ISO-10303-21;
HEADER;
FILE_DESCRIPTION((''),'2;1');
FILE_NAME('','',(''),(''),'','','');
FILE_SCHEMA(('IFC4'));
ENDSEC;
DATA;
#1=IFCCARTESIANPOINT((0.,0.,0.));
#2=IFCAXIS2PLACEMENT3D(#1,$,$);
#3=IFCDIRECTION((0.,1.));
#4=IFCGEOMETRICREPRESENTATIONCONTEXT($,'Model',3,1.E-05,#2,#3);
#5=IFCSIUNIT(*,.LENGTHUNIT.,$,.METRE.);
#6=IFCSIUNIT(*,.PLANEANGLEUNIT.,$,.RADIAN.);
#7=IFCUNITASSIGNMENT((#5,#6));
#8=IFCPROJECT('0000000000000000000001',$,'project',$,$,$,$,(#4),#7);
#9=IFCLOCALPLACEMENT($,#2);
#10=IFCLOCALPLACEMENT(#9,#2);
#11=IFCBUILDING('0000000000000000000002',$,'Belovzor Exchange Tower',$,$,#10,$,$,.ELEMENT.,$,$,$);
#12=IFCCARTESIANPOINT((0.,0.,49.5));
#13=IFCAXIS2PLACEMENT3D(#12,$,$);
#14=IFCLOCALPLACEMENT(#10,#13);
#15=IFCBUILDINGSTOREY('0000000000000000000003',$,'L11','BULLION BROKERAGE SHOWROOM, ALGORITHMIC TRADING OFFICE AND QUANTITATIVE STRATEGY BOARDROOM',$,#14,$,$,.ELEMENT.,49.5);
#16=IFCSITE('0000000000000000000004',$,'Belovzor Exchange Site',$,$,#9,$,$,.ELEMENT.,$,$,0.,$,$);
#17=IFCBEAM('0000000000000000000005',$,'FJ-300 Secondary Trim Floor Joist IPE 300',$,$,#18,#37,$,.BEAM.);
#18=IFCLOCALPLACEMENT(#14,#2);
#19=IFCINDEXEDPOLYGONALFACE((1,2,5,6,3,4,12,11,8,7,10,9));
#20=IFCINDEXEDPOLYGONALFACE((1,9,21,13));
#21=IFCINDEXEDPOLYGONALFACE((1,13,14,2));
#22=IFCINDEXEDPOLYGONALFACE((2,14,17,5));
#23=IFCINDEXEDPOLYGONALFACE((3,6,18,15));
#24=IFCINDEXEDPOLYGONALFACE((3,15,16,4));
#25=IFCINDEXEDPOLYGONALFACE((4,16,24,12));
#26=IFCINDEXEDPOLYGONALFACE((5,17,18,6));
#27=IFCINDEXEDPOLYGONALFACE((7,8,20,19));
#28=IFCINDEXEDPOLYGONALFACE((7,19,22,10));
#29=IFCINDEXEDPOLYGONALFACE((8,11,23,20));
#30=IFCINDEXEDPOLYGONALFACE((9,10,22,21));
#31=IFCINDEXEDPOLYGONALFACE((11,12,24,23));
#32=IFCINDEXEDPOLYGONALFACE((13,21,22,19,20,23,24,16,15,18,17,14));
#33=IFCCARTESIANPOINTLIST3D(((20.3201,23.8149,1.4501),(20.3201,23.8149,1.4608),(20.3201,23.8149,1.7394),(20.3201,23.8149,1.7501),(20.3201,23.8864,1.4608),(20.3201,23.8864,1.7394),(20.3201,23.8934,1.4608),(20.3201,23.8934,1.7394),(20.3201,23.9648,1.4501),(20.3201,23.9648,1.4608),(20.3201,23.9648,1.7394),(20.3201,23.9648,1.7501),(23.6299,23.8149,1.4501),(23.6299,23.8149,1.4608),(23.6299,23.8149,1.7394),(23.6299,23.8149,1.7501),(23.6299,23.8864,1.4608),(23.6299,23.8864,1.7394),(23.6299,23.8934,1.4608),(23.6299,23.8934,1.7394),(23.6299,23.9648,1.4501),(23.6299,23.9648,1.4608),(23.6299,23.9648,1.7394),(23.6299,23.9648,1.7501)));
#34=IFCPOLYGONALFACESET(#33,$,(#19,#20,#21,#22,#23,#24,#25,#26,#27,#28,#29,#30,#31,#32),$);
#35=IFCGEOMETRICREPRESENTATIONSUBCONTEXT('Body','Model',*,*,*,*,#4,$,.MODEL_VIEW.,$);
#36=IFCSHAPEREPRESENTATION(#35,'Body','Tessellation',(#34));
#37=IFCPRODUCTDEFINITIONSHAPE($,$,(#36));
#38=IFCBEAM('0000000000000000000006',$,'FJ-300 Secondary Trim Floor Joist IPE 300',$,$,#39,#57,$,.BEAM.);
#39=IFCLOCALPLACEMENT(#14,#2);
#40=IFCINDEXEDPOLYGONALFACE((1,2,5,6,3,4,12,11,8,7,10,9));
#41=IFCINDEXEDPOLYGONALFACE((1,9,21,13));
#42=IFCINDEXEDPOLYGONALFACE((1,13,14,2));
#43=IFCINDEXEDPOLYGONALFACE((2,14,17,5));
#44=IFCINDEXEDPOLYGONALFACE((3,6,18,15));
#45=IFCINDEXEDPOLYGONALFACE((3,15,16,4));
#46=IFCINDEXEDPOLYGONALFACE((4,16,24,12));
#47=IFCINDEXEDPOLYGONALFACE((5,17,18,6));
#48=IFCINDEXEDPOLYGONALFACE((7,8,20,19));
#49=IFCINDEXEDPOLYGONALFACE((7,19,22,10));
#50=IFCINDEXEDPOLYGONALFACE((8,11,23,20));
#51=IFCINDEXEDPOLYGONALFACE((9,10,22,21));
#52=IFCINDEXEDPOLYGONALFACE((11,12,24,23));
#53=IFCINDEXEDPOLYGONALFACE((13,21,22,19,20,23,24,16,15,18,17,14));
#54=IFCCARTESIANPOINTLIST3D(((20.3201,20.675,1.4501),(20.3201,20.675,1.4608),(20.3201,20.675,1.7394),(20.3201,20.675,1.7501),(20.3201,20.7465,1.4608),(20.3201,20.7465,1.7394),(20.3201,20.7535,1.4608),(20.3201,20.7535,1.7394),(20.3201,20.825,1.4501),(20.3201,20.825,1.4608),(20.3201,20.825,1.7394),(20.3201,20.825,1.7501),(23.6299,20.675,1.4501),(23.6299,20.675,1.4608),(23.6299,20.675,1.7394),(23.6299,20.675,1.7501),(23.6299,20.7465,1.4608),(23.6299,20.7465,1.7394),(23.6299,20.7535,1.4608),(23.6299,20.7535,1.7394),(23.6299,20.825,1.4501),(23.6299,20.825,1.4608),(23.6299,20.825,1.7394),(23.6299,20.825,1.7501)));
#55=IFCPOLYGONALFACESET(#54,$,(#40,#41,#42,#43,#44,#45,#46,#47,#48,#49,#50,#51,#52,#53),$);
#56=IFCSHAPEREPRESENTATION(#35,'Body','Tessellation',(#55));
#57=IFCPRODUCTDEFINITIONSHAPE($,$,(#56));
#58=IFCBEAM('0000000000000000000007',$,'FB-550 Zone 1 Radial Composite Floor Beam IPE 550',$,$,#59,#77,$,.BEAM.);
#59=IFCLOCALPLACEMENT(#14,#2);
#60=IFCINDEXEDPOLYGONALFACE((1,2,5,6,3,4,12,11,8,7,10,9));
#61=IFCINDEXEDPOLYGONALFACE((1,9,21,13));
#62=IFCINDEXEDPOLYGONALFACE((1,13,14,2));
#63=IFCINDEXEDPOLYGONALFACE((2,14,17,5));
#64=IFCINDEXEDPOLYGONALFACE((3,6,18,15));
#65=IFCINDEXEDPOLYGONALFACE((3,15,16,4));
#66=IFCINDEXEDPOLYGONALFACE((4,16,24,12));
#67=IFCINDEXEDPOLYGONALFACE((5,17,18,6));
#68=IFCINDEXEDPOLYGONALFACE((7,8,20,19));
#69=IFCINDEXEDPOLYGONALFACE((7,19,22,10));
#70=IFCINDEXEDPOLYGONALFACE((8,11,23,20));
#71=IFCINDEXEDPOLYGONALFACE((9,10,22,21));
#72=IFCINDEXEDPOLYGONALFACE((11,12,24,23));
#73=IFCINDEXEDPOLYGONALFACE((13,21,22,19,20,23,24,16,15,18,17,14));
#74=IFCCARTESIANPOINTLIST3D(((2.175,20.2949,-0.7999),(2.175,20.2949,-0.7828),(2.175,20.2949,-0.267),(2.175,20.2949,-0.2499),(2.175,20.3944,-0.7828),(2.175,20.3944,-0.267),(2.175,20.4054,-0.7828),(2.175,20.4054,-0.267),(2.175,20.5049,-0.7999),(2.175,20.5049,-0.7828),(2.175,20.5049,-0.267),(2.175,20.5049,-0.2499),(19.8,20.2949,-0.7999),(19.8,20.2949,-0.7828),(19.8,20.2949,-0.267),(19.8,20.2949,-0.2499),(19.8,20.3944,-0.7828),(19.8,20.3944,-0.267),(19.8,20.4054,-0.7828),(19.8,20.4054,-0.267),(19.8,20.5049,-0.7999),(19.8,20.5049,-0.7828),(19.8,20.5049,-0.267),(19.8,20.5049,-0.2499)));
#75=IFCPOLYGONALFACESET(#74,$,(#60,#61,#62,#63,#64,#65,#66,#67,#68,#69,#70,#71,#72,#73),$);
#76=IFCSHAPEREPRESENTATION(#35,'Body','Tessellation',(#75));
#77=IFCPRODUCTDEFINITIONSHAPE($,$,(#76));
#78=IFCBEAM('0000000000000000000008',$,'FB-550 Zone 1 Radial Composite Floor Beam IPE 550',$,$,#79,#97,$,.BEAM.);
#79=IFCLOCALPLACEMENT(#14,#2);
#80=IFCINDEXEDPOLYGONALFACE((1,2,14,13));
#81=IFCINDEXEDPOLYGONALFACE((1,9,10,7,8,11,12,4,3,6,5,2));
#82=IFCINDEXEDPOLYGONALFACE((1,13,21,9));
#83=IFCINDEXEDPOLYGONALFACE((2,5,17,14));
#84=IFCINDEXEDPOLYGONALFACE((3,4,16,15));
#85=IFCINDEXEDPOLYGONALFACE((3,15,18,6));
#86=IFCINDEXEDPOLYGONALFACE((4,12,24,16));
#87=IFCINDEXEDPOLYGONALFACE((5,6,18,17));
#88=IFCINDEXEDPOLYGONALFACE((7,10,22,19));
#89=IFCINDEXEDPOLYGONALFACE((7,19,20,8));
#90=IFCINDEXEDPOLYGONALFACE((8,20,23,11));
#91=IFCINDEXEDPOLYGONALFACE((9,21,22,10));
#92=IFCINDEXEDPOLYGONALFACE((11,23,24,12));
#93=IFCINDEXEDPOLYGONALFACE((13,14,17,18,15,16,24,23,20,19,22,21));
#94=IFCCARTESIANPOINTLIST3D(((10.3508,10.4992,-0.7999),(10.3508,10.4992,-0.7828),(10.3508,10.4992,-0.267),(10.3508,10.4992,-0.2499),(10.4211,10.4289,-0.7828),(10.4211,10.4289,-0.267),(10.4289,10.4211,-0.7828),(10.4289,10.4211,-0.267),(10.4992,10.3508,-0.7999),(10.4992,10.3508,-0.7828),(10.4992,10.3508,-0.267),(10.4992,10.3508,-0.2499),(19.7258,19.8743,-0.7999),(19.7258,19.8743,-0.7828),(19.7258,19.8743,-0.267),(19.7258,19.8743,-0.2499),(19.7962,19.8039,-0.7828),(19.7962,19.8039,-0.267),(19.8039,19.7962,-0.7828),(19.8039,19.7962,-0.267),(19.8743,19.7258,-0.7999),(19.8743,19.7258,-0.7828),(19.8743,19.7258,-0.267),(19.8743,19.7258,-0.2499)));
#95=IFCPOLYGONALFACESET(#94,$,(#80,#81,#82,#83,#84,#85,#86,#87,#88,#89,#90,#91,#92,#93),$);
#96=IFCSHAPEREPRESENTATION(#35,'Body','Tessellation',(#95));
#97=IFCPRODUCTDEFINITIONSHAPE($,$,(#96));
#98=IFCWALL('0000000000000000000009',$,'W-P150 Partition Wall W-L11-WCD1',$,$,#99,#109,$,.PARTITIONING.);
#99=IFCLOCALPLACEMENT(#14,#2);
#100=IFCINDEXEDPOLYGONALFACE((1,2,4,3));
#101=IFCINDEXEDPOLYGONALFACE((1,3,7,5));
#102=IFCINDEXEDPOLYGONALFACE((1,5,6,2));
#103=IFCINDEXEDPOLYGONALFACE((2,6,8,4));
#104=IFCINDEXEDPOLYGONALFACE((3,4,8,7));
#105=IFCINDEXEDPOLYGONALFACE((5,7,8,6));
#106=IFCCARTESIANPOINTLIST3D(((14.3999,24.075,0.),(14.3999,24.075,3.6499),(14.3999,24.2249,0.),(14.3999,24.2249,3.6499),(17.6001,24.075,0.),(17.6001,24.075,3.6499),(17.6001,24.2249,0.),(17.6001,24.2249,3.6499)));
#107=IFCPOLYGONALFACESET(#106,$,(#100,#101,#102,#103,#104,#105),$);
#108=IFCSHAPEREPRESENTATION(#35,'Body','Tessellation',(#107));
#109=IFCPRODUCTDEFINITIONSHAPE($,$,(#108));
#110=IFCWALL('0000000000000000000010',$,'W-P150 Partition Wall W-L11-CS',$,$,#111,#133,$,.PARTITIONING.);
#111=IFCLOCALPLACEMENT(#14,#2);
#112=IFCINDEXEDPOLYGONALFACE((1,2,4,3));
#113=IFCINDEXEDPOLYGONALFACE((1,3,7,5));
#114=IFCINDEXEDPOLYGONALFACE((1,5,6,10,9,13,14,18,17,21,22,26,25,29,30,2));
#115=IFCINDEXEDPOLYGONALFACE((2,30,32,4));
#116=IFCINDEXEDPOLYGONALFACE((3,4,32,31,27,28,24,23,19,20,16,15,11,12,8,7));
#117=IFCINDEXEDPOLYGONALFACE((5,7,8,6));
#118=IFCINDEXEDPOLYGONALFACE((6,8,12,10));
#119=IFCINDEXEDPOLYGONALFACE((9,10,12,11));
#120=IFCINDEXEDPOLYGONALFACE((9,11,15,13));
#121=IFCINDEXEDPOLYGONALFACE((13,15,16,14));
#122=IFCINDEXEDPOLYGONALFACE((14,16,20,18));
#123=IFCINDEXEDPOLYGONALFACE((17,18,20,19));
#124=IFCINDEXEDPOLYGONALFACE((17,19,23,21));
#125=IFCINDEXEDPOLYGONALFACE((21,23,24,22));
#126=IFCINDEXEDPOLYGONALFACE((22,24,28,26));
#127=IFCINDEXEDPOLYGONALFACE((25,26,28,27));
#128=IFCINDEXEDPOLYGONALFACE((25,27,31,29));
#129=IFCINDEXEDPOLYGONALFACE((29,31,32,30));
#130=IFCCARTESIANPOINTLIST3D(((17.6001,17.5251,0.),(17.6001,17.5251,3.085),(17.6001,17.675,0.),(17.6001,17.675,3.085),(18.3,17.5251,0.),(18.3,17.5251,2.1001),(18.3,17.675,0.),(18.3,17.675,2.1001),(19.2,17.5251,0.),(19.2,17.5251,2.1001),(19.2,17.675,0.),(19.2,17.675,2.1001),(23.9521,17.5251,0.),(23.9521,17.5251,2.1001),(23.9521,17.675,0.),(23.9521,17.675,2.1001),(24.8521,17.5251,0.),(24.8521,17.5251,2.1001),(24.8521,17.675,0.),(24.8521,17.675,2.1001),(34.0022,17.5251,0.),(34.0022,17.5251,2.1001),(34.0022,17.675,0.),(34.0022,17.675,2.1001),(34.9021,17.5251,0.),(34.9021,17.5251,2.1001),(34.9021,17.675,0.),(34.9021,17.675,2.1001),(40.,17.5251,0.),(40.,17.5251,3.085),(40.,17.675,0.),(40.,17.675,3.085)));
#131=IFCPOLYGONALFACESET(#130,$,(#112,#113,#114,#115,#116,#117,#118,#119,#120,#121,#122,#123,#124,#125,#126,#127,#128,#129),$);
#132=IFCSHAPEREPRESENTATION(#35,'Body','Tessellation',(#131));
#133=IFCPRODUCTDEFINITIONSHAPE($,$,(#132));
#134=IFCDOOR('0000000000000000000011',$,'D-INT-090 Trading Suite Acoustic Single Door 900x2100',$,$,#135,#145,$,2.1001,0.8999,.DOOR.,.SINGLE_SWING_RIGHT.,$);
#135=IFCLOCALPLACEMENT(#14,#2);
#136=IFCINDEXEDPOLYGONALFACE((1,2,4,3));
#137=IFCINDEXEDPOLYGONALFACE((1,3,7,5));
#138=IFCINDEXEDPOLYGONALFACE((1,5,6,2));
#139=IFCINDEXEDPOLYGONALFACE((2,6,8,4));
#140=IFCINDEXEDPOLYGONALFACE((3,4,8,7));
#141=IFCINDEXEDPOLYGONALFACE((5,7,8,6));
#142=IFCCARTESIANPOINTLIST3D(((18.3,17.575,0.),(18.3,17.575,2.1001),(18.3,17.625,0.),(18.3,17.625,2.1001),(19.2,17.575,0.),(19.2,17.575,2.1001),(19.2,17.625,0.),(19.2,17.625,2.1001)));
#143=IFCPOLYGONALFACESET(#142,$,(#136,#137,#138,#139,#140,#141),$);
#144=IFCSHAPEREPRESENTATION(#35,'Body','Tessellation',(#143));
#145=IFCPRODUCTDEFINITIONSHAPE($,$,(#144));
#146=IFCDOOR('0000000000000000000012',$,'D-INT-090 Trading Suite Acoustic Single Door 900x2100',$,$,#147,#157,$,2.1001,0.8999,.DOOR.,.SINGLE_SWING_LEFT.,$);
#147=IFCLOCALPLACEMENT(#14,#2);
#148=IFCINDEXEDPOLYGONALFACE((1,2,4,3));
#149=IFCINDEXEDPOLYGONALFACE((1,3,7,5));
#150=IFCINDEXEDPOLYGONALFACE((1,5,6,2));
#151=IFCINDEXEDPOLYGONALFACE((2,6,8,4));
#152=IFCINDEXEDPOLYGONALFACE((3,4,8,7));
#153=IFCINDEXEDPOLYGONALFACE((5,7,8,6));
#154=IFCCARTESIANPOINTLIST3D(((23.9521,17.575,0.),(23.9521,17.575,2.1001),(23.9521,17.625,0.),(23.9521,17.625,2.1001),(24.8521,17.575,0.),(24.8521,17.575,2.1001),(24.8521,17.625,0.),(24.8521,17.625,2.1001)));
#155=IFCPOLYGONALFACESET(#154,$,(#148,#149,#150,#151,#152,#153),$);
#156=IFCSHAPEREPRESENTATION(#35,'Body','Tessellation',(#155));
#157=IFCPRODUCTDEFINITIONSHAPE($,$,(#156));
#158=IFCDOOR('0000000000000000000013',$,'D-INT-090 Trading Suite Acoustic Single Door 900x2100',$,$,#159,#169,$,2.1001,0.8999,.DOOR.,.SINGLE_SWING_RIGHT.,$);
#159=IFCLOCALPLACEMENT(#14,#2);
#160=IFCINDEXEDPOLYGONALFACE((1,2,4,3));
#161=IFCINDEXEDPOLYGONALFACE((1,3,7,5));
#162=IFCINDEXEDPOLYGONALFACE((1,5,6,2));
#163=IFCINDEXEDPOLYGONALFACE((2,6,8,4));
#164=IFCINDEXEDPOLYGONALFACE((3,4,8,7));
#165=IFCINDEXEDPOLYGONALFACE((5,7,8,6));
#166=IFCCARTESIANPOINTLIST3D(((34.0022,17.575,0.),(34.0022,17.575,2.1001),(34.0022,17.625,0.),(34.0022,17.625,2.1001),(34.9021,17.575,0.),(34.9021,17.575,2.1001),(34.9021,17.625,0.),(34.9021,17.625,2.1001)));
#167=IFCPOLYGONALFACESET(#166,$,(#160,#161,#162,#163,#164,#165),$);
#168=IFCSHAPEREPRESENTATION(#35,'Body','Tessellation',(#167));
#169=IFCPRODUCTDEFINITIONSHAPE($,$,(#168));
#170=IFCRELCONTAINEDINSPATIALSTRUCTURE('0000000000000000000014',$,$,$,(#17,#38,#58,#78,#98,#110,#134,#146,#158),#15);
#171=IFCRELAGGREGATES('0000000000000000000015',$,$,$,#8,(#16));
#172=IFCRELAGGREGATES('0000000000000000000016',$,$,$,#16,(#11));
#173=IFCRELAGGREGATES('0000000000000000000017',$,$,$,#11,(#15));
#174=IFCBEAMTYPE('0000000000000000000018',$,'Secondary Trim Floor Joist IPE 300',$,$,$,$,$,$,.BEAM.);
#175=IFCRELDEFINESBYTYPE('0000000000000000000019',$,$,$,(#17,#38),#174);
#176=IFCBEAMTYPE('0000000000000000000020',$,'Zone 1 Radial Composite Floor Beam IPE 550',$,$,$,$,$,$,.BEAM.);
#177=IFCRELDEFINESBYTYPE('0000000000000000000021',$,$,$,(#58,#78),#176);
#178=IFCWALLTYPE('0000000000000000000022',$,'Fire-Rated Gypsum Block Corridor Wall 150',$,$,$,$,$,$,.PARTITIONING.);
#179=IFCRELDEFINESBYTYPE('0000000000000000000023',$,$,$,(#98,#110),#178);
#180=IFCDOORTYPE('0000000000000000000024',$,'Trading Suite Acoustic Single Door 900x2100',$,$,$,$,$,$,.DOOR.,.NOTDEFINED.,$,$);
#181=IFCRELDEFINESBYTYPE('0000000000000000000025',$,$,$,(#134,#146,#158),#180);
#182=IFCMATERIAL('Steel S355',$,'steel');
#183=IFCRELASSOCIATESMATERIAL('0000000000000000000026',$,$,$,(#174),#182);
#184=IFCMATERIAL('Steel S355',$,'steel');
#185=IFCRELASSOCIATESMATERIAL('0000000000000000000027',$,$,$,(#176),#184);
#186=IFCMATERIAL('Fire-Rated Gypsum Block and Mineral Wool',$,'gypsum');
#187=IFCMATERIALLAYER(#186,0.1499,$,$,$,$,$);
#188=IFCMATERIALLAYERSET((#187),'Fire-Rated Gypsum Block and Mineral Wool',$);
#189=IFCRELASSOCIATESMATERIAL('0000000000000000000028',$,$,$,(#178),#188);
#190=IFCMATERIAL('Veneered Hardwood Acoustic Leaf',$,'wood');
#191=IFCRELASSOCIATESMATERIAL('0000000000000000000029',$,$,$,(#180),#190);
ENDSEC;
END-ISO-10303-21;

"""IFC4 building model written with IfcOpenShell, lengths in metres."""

from ifc_helpers import new_model, si_unit, direction, frame, frame_2d, origin, origin_2d, place, context, subcontext, project, spatial, rectangle, i_section, extrude, material, layer, layer_set, material_profile, profile_set, type_object, element, fill, save


model = new_model("IFC4")

# Units and contexts
model_context = context("Model", 3, precision=1e-05, world=origin(), true_north=direction((0.0, 1.0)))
body_context = subcontext(model_context, "Body", "Model", "MODEL_VIEW")
ifc_project = project(units=[si_unit("LENGTHUNIT", "METRE"), si_unit("PLANEANGLEUNIT", "RADIAN")], contexts=[model_context])

# Site, building, storey
site_placement = place(None, origin())
site = spatial("IfcSite", under=ifc_project, at=site_placement, Name="Belovzor Exchange Site", CompositionType="ELEMENT", RefElevation=0.0)
building_placement = place(site_placement, origin())
building = spatial("IfcBuilding", under=site, at=building_placement, Name="Belovzor Exchange Tower", CompositionType="ELEMENT")
storey_placement = place(building_placement, frame((0.0, 0.0, 49.5)))
storey = spatial("IfcBuildingStorey", under=building, at=storey_placement, Name="L11", Description="BULLION BROKERAGE SHOWROOM, ALGORITHMIC TRADING OFFICE AND QUANTITATIVE STRATEGY BOARDROOM", CompositionType="ELEMENT", Elevation=49.5)

# Beams
ifc_material_1 = material(Name="Steel S355", Category="steel")
ifc_material_profile_1 = material_profile(ifc_material_1, i_section(OverallWidth=0.1499, OverallDepth=0.3, WebThickness=0.0071, FlangeThickness=0.0107, at=origin_2d()))
ifc_profile_set_1 = profile_set([ifc_material_profile_1], Name="Steel S355")
beam_type_1 = type_object("IfcBeamType", Name="Secondary Trim Floor Joist IPE 300", PredefinedType="BEAM", material=ifc_profile_set_1)
for number, where, z_axis, x_axis, name in (
    (1, (20.3201, 23.8899, 1.6001), (1.0, 0.0, 0.0), (0.0, 1.0, 0.0), "FJ-300 Secondary Trim Floor Joist IPE 300"),
    (2, (20.3201, 20.75, 1.6001), (1.0, 0.0, 0.0), (0.0, 1.0, 0.0), "FJ-300 Secondary Trim Floor Joist IPE 300"),
):
    element("IfcBeam", number, at=place(storey_placement, frame(where, z_axis=z_axis, x_axis=x_axis)), inside=storey, type_object=beam_type_1, Name=name, PredefinedType="BEAM", context=body_context, shape_type="SweptSolid", body=[
        extrude(i_section(OverallWidth=0.1499, OverallDepth=0.3, WebThickness=0.0071, FlangeThickness=0.0107, at=origin_2d()), origin(), (0.0, 0.0, 1.0), 3.3098),
    ])
ifc_material_2 = material(Name="Steel S355", Category="steel")
ifc_material_profile_2 = material_profile(ifc_material_2, i_section(OverallWidth=0.21, OverallDepth=0.55, WebThickness=0.011, FlangeThickness=0.0171, at=origin_2d()))
ifc_profile_set_2 = profile_set([ifc_material_profile_2], Name="Steel S355")
beam_type_2 = type_object("IfcBeamType", Name="Zone 1 Radial Composite Floor Beam IPE 550", PredefinedType="BEAM", material=ifc_profile_set_2)
beam_1_placement = place(storey_placement, frame((19.8, 20.3999, -0.5249), z_axis=(-1.0, 0.0, 0.0), x_axis=(0.0, -1.0, 0.0)))
element("IfcBeam", 3, at=beam_1_placement, inside=storey, type_object=beam_type_2, Name="FB-550 Zone 1 Radial Composite Floor Beam IPE 550", PredefinedType="BEAM", context=body_context, shape_type="SweptSolid", body=[
    extrude(i_section(OverallWidth=0.21, OverallDepth=0.55, WebThickness=0.011, FlangeThickness=0.0171, at=origin_2d()), origin(), (0.0, 0.0, 1.0), 17.625),
])
beam_2_placement = place(storey_placement, frame((19.8, 19.8, -0.5249), z_axis=(-0.707107, -0.707107, 0.0), x_axis=(0.707107, -0.707107, 0.0)))
element("IfcBeam", 4, at=beam_2_placement, inside=storey, type_object=beam_type_2, Name="FB-550 Zone 1 Radial Composite Floor Beam IPE 550", PredefinedType="BEAM", context=body_context, shape_type="SweptSolid", body=[
    extrude(i_section(OverallWidth=0.21, OverallDepth=0.55, WebThickness=0.011, FlangeThickness=0.0171, at=origin_2d()), origin(), (0.0, 0.0, 1.0), 13.2583),
])

# Wall
ifc_material_3 = material(Name="Fire-Rated Gypsum Block and Mineral Wool", Category="gypsum")
ifc_layer_1 = layer(ifc_material_3, 0.1499)
ifc_layer_set_1 = layer_set([ifc_layer_1], Name="Fire-Rated Gypsum Block and Mineral Wool")
wall_type_1 = type_object("IfcWallType", Name="Fire-Rated Gypsum Block Corridor Wall 150", PredefinedType="PARTITIONING", material=ifc_layer_set_1)
wall_1_placement = place(storey_placement, frame((14.3999, 24.1499, 0.0), z_axis=(0.0, 0.0, 1.0), x_axis=(1.0, 0.0, 0.0)))
element("IfcWall", 5, at=wall_1_placement, inside=storey, type_object=wall_type_1, Name="W-P150 Partition Wall W-L11-WCD1", PredefinedType="PARTITIONING", context=body_context, shape_type="SweptSolid", body=[
    extrude(rectangle(XDim=3.2002, YDim=0.1499, at=frame_2d((1.6001, 0.0))), origin(), (0.0, 0.0, 1.0), 3.6499),
])

# Wall, openings, doors
wall_2_placement = place(storey_placement, frame((17.6001, 17.6001, 0.0), z_axis=(0.0, 0.0, 1.0), x_axis=(1.0, 0.0, 0.0)))
wall_2 = element("IfcWall", 6, at=wall_2_placement, inside=storey, type_object=wall_type_1, Name="W-P150 Partition Wall W-L11-CS", PredefinedType="PARTITIONING", context=body_context, shape_type="SweptSolid", body=[
    extrude(rectangle(XDim=22.3999, YDim=0.1499, at=frame_2d((11.2, 0.0))), origin(), (0.0, 0.0, 1.0), 3.085),
])
opening_1_placement = place(wall_2_placement, frame((0.7, 0.0, 0.0)))
opening_1 = element("IfcOpeningElement", 7, at=opening_1_placement, cuts=wall_2, PredefinedType="OPENING", context=body_context, shape_type="SweptSolid", body=[
    extrude(rectangle(XDim=0.8999, YDim=2.1001, at=frame_2d((0.45, 1.05))), frame((0.0, 0.085, 0.0), z_axis=(0.0, -1.0, 0.0), x_axis=(1.0, 0.0, 0.0)), (0.0, 0.0, 1.0), 0.1699),
])
opening_2_placement = place(wall_2_placement, frame((6.3521, 0.0, 0.0)))
opening_2 = element("IfcOpeningElement", 8, at=opening_2_placement, cuts=wall_2, PredefinedType="OPENING", context=body_context, shape_type="SweptSolid", body=[
    extrude(rectangle(XDim=0.8999, YDim=2.1001, at=frame_2d((0.45, 1.05))), frame((0.0, 0.085, 0.0), z_axis=(0.0, -1.0, 0.0), x_axis=(1.0, 0.0, 0.0)), (0.0, 0.0, 1.0), 0.1699),
])
opening_3_placement = place(wall_2_placement, frame((16.4021, 0.0, 0.0)))
opening_3 = element("IfcOpeningElement", 9, at=opening_3_placement, cuts=wall_2, PredefinedType="OPENING", context=body_context, shape_type="SweptSolid", body=[
    extrude(rectangle(XDim=0.8999, YDim=2.1001, at=frame_2d((0.45, 1.05))), frame((0.0, 0.085, 0.0), z_axis=(0.0, -1.0, 0.0), x_axis=(1.0, 0.0, 0.0)), (0.0, 0.0, 1.0), 0.1699),
])
ifc_material_4 = material(Name="Veneered Hardwood Acoustic Leaf", Category="wood")
door_type_1 = type_object("IfcDoorType", Name="Trading Suite Acoustic Single Door 900x2100", OperationType="NOTDEFINED", PredefinedType="DOOR", material=ifc_material_4)
door_1_placement = place(opening_1_placement, origin())
door_1 = element("IfcDoor", 10, at=door_1_placement, inside=storey, type_object=door_type_1, Name="D-INT-090 Trading Suite Acoustic Single Door 900x2100", OperationType="SINGLE_SWING_RIGHT", OverallHeight=2.1001, OverallWidth=0.8999, PredefinedType="DOOR", context=body_context, shape_type="SweptSolid", body=[
    extrude(rectangle(XDim=0.8999, YDim=2.1001, at=frame_2d((0.45, 1.05))), frame((0.0, 0.0249, 0.0), z_axis=(0.0, -1.0, 0.0), x_axis=(1.0, 0.0, 0.0)), (0.0, 0.0, 1.0), 0.05),
])
fill(opening_1, door_1)
door_2_placement = place(opening_2_placement, origin())
door_2 = element("IfcDoor", 11, at=door_2_placement, inside=storey, type_object=door_type_1, Name="D-INT-090 Trading Suite Acoustic Single Door 900x2100", OperationType="SINGLE_SWING_LEFT", OverallHeight=2.1001, OverallWidth=0.8999, PredefinedType="DOOR", context=body_context, shape_type="SweptSolid", body=[
    extrude(rectangle(XDim=0.8999, YDim=2.1001, at=frame_2d((0.45, 1.05))), frame((0.0, 0.0249, 0.0), z_axis=(0.0, -1.0, 0.0), x_axis=(1.0, 0.0, 0.0)), (0.0, 0.0, 1.0), 0.05),
])
fill(opening_2, door_2)
door_3_placement = place(opening_3_placement, origin())
door_3 = element("IfcDoor", 12, at=door_3_placement, inside=storey, type_object=door_type_1, Name="D-INT-090 Trading Suite Acoustic Single Door 900x2100", OperationType="SINGLE_SWING_RIGHT", OverallHeight=2.1001, OverallWidth=0.8999, PredefinedType="DOOR", context=body_context, shape_type="SweptSolid", body=[
    extrude(rectangle(XDim=0.8999, YDim=2.1001, at=frame_2d((0.45, 1.05))), frame((0.0, 0.0249, 0.0), z_axis=(0.0, -1.0, 0.0), x_axis=(1.0, 0.0, 0.0)), (0.0, 0.0, 1.0), 0.05),
])
fill(opening_3, door_3)

save(model, "model.ifc")
